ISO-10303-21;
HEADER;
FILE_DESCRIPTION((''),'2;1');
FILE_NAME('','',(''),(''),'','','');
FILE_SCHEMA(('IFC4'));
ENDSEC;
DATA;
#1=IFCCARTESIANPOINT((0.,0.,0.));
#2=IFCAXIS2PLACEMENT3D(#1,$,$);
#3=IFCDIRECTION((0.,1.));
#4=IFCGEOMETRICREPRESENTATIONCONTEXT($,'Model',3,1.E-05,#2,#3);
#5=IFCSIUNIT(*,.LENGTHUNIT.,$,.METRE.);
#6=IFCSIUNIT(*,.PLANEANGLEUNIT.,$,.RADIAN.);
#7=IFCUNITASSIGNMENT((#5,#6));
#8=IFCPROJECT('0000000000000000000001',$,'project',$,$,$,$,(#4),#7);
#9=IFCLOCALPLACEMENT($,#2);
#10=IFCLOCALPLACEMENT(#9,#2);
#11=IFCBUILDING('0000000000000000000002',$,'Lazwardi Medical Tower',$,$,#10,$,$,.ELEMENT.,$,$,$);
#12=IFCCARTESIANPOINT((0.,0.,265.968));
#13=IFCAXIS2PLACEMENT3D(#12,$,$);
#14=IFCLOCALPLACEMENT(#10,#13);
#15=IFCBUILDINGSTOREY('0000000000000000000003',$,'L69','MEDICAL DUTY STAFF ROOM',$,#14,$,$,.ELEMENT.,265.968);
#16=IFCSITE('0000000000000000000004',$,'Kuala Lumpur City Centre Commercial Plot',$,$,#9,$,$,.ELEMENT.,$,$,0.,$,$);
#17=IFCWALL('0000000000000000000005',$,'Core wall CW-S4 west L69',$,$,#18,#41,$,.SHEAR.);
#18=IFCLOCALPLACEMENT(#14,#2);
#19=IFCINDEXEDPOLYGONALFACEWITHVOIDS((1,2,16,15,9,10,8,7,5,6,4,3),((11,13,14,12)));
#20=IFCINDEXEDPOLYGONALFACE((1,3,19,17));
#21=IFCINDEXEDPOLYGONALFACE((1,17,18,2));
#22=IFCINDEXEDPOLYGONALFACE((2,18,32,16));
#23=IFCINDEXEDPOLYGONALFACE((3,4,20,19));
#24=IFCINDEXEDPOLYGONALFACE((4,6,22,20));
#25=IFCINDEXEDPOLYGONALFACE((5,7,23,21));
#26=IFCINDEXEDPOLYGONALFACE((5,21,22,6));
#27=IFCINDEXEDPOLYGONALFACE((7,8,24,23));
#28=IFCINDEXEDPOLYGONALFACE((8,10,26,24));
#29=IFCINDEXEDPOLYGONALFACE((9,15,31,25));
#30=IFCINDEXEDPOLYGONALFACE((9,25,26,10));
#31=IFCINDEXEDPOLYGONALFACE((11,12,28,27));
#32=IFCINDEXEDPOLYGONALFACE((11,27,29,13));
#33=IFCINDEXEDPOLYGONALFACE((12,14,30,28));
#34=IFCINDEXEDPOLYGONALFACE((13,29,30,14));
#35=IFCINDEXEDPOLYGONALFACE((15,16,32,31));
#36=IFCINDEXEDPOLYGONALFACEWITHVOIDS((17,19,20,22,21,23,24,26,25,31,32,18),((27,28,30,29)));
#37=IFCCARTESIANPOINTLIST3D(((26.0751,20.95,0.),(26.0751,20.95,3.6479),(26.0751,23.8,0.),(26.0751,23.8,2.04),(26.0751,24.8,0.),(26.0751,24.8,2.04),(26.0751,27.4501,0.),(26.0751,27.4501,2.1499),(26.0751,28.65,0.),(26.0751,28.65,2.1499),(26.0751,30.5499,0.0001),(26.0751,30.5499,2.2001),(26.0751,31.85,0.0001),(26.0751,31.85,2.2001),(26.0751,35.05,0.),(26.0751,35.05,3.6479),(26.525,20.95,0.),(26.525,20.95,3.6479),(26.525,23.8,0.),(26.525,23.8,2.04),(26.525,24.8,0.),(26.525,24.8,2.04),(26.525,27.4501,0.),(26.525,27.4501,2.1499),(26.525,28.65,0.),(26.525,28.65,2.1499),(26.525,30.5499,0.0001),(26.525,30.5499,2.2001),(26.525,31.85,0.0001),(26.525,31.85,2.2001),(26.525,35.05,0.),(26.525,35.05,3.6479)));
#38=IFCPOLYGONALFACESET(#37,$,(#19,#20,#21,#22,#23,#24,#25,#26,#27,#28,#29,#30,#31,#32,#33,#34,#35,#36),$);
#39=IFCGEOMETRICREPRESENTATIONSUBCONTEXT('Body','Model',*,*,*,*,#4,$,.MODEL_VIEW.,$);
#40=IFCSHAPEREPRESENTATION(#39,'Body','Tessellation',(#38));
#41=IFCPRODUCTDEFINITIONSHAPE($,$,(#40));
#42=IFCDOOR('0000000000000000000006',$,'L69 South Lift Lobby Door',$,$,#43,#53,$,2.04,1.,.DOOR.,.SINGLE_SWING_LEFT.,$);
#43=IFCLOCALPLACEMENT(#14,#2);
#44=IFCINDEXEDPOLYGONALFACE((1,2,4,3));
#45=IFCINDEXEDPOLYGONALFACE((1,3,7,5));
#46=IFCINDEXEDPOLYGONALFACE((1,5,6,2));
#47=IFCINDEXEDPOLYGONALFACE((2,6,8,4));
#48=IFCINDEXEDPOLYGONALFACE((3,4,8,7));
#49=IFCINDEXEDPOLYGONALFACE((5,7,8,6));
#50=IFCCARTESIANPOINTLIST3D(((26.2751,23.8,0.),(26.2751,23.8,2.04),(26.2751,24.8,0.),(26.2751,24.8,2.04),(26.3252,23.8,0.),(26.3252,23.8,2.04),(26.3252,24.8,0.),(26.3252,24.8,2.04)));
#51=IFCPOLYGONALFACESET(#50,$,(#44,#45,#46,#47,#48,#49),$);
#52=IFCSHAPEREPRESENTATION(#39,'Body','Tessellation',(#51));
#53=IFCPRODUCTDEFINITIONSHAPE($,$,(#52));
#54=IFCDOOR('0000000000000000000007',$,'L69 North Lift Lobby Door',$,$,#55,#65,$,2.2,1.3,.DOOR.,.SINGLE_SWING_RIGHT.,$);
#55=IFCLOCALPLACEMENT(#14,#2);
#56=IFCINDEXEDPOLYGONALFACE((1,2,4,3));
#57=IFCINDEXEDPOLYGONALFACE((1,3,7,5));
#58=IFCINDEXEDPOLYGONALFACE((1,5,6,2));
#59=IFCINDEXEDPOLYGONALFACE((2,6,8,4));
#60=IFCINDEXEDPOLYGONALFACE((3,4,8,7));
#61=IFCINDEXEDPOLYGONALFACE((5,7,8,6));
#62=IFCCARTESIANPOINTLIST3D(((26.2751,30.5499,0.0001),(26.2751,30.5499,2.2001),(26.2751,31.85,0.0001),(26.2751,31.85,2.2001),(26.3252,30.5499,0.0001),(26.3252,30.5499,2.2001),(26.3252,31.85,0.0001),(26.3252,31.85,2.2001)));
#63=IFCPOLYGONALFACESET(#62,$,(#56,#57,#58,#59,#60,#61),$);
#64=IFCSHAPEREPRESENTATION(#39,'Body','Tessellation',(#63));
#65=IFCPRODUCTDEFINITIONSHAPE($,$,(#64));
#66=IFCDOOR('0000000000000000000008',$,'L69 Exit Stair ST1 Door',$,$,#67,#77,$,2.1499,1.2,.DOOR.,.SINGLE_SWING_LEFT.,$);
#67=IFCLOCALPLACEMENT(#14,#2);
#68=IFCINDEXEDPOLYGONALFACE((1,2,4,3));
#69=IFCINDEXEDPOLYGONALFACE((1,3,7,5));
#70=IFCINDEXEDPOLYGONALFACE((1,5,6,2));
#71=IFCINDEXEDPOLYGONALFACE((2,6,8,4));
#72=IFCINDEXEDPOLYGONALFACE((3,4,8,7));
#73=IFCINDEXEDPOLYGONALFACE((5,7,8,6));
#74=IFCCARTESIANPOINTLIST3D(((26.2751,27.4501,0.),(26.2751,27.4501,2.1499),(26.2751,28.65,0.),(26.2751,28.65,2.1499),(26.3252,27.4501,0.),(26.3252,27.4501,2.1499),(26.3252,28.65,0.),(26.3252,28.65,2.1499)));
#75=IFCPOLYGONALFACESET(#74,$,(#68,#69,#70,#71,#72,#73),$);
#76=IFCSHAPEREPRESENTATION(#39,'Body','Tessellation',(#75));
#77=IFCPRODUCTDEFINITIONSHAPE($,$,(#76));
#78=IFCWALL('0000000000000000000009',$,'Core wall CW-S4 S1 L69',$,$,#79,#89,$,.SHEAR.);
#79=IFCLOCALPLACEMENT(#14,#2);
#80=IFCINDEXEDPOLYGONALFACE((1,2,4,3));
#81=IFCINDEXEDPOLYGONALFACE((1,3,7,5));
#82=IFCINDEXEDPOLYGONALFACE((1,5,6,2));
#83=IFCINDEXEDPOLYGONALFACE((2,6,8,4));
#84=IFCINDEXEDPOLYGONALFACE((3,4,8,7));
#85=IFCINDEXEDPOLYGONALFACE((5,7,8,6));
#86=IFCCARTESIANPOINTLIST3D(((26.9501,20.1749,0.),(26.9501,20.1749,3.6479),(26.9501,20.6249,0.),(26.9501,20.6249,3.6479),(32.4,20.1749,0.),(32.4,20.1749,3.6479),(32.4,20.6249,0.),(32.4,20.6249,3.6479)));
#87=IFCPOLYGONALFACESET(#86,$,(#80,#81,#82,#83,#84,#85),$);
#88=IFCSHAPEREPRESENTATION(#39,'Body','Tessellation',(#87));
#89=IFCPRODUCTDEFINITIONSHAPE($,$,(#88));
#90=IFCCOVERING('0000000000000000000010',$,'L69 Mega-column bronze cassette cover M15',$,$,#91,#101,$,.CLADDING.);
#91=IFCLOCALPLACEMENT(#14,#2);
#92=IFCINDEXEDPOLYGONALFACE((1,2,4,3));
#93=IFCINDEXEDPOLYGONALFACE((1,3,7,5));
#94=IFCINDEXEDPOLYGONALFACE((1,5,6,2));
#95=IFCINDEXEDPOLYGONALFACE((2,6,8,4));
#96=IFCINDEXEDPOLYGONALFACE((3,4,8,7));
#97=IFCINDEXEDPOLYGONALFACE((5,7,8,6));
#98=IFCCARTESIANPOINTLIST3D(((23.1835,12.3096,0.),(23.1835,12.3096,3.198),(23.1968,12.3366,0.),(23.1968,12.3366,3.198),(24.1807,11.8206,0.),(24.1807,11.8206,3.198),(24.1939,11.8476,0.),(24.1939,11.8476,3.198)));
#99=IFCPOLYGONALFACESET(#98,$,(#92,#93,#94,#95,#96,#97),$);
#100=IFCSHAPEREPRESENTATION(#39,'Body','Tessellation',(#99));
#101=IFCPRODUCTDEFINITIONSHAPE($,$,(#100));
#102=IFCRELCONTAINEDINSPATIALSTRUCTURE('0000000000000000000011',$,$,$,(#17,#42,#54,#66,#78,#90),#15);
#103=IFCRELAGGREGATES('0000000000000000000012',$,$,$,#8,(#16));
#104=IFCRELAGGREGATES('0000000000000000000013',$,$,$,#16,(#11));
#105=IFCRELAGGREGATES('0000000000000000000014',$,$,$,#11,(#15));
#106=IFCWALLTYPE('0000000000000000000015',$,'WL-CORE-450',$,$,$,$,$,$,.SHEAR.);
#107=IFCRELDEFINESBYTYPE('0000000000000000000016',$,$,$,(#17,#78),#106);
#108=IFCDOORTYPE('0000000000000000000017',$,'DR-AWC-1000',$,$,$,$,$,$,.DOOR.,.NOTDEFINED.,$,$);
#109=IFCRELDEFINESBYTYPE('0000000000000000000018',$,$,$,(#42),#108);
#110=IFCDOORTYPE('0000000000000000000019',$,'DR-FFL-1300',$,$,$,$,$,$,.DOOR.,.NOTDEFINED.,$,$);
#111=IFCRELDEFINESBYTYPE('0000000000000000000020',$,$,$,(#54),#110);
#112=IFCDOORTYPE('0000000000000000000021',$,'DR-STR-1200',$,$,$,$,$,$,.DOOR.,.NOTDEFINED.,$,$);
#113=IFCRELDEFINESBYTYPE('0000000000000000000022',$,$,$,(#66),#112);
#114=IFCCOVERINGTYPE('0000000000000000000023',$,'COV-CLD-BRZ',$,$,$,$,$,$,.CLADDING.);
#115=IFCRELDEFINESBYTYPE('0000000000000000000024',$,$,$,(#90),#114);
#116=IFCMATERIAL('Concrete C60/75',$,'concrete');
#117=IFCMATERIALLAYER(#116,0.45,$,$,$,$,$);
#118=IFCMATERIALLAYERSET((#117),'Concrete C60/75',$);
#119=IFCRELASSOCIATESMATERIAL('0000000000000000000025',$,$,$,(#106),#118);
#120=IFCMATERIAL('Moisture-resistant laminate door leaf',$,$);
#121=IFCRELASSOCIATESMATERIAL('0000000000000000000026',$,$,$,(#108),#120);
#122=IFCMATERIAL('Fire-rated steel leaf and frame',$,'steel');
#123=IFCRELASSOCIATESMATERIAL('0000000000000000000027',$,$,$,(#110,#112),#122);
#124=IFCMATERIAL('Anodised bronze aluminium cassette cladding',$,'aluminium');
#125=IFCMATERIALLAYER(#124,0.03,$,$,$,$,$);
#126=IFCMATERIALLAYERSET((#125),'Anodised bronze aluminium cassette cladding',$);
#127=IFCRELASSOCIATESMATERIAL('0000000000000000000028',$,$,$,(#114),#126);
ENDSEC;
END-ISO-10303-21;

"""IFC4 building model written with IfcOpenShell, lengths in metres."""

from ifc_helpers import new_model, si_unit, direction, frame, frame_2d, origin, origin_2d, place, context, subcontext, project, spatial, rectangle, extrude, material, layer, layer_set, type_object, element, fill, save


model = new_model("IFC4")

# Units and contexts
model_context = context("Model", 3, precision=1e-05, world=origin(), true_north=direction((0.0, 1.0)))
body_context = subcontext(model_context, "Body", "Model", "MODEL_VIEW")
ifc_project = project(units=[si_unit("LENGTHUNIT", "METRE"), si_unit("PLANEANGLEUNIT", "RADIAN")], contexts=[model_context])

# Site, building, storey
site_placement = place(None, origin())
site = spatial("IfcSite", under=ifc_project, at=site_placement, Name="Kuala Lumpur City Centre Commercial Plot", CompositionType="ELEMENT", RefElevation=0.0)
building_placement = place(site_placement, origin())
building = spatial("IfcBuilding", under=site, at=building_placement, Name="Lazwardi Medical Tower", CompositionType="ELEMENT")
storey_placement = place(building_placement, frame((0.0, 0.0, 265.968)))
storey = spatial("IfcBuildingStorey", under=building, at=storey_placement, Name="L69", Description="MEDICAL DUTY STAFF ROOM", CompositionType="ELEMENT", Elevation=265.968)

# Shared definitions
ifc_material_1 = material(Name="Concrete C60/75", Category="concrete")

# Wall, openings, doors
ifc_layer_1 = layer(ifc_material_1, 0.45)
ifc_layer_set_1 = layer_set([ifc_layer_1], Name="Concrete C60/75")
wall_type_1 = type_object("IfcWallType", Name="WL-CORE-450", PredefinedType="SHEAR", material=ifc_layer_set_1)
wall_1_placement = place(storey_placement, frame((26.3, 20.95, 0.0), z_axis=(0.0, 0.0, 1.0), x_axis=(0.0, 1.0, 0.0)))
wall_1 = element("IfcWall", 1, at=wall_1_placement, inside=storey, type_object=wall_type_1, Name="Core wall CW-S4 west L69", PredefinedType="SHEAR", context=body_context, shape_type="SweptSolid", body=[
    extrude(rectangle(XDim=14.1001, YDim=0.45, at=frame_2d((7.05, 0.0))), origin(), (0.0, 0.0, 1.0), 3.6479),
])
opening_1_placement = place(wall_1_placement, frame((6.5, 0.0, 0.0)))
opening_1 = element("IfcOpeningElement", 2, at=opening_1_placement, cuts=wall_1, PredefinedType="OPENING", context=body_context, shape_type="SweptSolid", body=[
    extrude(rectangle(XDim=1.2, YDim=2.1499, at=frame_2d((0.6001, 1.075))), frame((0.0, 0.2349, 0.0), z_axis=(0.0, -1.0, 0.0), x_axis=(1.0, 0.0, 0.0)), (0.0, 0.0, 1.0), 0.47),
])
opening_2_placement = place(wall_1_placement, frame((9.6001, 0.0, 0.0)))
opening_2 = element("IfcOpeningElement", 3, at=opening_2_placement, cuts=wall_1, PredefinedType="OPENING", context=body_context, shape_type="SweptSolid", body=[
    extrude(rectangle(XDim=1.3, YDim=2.2, at=frame_2d((0.6499, 1.1001))), frame((0.0, 0.2349, 0.0), z_axis=(0.0, -1.0, 0.0), x_axis=(1.0, 0.0, 0.0)), (0.0, 0.0, 1.0), 0.47),
])
opening_3_placement = place(wall_1_placement, frame((2.8501, 0.0, 0.0)))
opening_3 = element("IfcOpeningElement", 4, at=opening_3_placement, cuts=wall_1, PredefinedType="OPENING", context=body_context, shape_type="SweptSolid", body=[
    extrude(rectangle(XDim=1.0, YDim=2.04, at=frame_2d((0.5, 1.02))), frame((0.0, 0.2349, 0.0), z_axis=(0.0, -1.0, 0.0), x_axis=(1.0, 0.0, 0.0)), (0.0, 0.0, 1.0), 0.47),
])
ifc_material_2 = material(Name="Moisture-resistant laminate door leaf")
door_type_1 = type_object("IfcDoorType", Name="DR-AWC-1000", OperationType="NOTDEFINED", PredefinedType="DOOR", material=ifc_material_2)
door_1_placement = place(opening_3_placement, origin())
door_1 = element("IfcDoor", 5, at=door_1_placement, inside=storey, type_object=door_type_1, Name="L69 South Lift Lobby Door", OperationType="SINGLE_SWING_LEFT", OverallHeight=2.04, OverallWidth=1.0, PredefinedType="DOOR", context=body_context, shape_type="SweptSolid", body=[
    extrude(rectangle(XDim=1.0, YDim=2.04, at=frame_2d((0.5, 1.02))), frame((0.0, 0.0249, 0.0), z_axis=(0.0, -1.0, 0.0), x_axis=(1.0, 0.0, 0.0)), (0.0, 0.0, 1.0), 0.05),
])
fill(opening_3, door_1)
ifc_material_3 = material(Name="Fire-rated steel leaf and frame", Category="steel")
door_type_2 = type_object("IfcDoorType", Name="DR-FFL-1300", OperationType="NOTDEFINED", PredefinedType="DOOR", material=ifc_material_3)
door_2_placement = place(opening_2_placement, origin())
door_2 = element("IfcDoor", 6, at=door_2_placement, inside=storey, type_object=door_type_2, Name="L69 North Lift Lobby Door", OperationType="SINGLE_SWING_RIGHT", OverallHeight=2.2, OverallWidth=1.3, PredefinedType="DOOR", context=body_context, shape_type="SweptSolid", body=[
    extrude(rectangle(XDim=1.3, YDim=2.2, at=frame_2d((0.6499, 1.1001))), frame((0.0, 0.0249, 0.0), z_axis=(0.0, -1.0, 0.0), x_axis=(1.0, 0.0, 0.0)), (0.0, 0.0, 1.0), 0.05),
])
fill(opening_2, door_2)
door_type_3 = type_object("IfcDoorType", Name="DR-STR-1200", OperationType="NOTDEFINED", PredefinedType="DOOR", material=ifc_material_3)
door_3_placement = place(opening_1_placement, origin())
door_3 = element("IfcDoor", 7, at=door_3_placement, inside=storey, type_object=door_type_3, Name="L69 Exit Stair ST1 Door", OperationType="SINGLE_SWING_LEFT", OverallHeight=2.1499, OverallWidth=1.2, PredefinedType="DOOR", context=body_context, shape_type="SweptSolid", body=[
    extrude(rectangle(XDim=1.2, YDim=2.1499, at=frame_2d((0.6001, 1.075))), frame((0.0, 0.0249, 0.0), z_axis=(0.0, -1.0, 0.0), x_axis=(1.0, 0.0, 0.0)), (0.0, 0.0, 1.0), 0.05),
])
fill(opening_1, door_3)

# Wall
wall_2_placement = place(storey_placement, frame((26.95, 20.3999, 0.0), z_axis=(0.0, 0.0, 1.0), x_axis=(1.0, 0.0, 0.0)))
element("IfcWall", 8, at=wall_2_placement, inside=storey, type_object=wall_type_1, Name="Core wall CW-S4 S1 L69", PredefinedType="SHEAR", context=body_context, shape_type="SweptSolid", body=[
    extrude(rectangle(XDim=5.45, YDim=0.45, at=frame_2d((2.7251, 0.0))), origin(), (0.0, 0.0, 1.0), 3.6479),
])

# Covering
ifc_material_4 = material(Name="Anodised bronze aluminium cassette cladding", Category="aluminium")
ifc_layer_2 = layer(ifc_material_4, 0.03)
ifc_layer_set_2 = layer_set([ifc_layer_2], Name="Anodised bronze aluminium cassette cladding")
covering_type = type_object("IfcCoveringType", Name="COV-CLD-BRZ", PredefinedType="CLADDING", material=ifc_layer_set_2)
covering_placement = place(storey_placement, frame((23.6887, 12.0786, 0.0), z_axis=(0.0, 0.0, 1.0), x_axis=(0.89784, -0.440322, 0.0)))
element("IfcCovering", 9, at=covering_placement, inside=storey, type_object=covering_type, Name="L69 Mega-column bronze cassette cover M15", PredefinedType="CLADDING", context=body_context, shape_type="SweptSolid", body=[
    extrude(rectangle(XDim=1.1106, YDim=0.03, at=origin_2d()), origin(), (0.0, 0.0, 1.0), 3.198),
])

save(model, "model.ifc")
